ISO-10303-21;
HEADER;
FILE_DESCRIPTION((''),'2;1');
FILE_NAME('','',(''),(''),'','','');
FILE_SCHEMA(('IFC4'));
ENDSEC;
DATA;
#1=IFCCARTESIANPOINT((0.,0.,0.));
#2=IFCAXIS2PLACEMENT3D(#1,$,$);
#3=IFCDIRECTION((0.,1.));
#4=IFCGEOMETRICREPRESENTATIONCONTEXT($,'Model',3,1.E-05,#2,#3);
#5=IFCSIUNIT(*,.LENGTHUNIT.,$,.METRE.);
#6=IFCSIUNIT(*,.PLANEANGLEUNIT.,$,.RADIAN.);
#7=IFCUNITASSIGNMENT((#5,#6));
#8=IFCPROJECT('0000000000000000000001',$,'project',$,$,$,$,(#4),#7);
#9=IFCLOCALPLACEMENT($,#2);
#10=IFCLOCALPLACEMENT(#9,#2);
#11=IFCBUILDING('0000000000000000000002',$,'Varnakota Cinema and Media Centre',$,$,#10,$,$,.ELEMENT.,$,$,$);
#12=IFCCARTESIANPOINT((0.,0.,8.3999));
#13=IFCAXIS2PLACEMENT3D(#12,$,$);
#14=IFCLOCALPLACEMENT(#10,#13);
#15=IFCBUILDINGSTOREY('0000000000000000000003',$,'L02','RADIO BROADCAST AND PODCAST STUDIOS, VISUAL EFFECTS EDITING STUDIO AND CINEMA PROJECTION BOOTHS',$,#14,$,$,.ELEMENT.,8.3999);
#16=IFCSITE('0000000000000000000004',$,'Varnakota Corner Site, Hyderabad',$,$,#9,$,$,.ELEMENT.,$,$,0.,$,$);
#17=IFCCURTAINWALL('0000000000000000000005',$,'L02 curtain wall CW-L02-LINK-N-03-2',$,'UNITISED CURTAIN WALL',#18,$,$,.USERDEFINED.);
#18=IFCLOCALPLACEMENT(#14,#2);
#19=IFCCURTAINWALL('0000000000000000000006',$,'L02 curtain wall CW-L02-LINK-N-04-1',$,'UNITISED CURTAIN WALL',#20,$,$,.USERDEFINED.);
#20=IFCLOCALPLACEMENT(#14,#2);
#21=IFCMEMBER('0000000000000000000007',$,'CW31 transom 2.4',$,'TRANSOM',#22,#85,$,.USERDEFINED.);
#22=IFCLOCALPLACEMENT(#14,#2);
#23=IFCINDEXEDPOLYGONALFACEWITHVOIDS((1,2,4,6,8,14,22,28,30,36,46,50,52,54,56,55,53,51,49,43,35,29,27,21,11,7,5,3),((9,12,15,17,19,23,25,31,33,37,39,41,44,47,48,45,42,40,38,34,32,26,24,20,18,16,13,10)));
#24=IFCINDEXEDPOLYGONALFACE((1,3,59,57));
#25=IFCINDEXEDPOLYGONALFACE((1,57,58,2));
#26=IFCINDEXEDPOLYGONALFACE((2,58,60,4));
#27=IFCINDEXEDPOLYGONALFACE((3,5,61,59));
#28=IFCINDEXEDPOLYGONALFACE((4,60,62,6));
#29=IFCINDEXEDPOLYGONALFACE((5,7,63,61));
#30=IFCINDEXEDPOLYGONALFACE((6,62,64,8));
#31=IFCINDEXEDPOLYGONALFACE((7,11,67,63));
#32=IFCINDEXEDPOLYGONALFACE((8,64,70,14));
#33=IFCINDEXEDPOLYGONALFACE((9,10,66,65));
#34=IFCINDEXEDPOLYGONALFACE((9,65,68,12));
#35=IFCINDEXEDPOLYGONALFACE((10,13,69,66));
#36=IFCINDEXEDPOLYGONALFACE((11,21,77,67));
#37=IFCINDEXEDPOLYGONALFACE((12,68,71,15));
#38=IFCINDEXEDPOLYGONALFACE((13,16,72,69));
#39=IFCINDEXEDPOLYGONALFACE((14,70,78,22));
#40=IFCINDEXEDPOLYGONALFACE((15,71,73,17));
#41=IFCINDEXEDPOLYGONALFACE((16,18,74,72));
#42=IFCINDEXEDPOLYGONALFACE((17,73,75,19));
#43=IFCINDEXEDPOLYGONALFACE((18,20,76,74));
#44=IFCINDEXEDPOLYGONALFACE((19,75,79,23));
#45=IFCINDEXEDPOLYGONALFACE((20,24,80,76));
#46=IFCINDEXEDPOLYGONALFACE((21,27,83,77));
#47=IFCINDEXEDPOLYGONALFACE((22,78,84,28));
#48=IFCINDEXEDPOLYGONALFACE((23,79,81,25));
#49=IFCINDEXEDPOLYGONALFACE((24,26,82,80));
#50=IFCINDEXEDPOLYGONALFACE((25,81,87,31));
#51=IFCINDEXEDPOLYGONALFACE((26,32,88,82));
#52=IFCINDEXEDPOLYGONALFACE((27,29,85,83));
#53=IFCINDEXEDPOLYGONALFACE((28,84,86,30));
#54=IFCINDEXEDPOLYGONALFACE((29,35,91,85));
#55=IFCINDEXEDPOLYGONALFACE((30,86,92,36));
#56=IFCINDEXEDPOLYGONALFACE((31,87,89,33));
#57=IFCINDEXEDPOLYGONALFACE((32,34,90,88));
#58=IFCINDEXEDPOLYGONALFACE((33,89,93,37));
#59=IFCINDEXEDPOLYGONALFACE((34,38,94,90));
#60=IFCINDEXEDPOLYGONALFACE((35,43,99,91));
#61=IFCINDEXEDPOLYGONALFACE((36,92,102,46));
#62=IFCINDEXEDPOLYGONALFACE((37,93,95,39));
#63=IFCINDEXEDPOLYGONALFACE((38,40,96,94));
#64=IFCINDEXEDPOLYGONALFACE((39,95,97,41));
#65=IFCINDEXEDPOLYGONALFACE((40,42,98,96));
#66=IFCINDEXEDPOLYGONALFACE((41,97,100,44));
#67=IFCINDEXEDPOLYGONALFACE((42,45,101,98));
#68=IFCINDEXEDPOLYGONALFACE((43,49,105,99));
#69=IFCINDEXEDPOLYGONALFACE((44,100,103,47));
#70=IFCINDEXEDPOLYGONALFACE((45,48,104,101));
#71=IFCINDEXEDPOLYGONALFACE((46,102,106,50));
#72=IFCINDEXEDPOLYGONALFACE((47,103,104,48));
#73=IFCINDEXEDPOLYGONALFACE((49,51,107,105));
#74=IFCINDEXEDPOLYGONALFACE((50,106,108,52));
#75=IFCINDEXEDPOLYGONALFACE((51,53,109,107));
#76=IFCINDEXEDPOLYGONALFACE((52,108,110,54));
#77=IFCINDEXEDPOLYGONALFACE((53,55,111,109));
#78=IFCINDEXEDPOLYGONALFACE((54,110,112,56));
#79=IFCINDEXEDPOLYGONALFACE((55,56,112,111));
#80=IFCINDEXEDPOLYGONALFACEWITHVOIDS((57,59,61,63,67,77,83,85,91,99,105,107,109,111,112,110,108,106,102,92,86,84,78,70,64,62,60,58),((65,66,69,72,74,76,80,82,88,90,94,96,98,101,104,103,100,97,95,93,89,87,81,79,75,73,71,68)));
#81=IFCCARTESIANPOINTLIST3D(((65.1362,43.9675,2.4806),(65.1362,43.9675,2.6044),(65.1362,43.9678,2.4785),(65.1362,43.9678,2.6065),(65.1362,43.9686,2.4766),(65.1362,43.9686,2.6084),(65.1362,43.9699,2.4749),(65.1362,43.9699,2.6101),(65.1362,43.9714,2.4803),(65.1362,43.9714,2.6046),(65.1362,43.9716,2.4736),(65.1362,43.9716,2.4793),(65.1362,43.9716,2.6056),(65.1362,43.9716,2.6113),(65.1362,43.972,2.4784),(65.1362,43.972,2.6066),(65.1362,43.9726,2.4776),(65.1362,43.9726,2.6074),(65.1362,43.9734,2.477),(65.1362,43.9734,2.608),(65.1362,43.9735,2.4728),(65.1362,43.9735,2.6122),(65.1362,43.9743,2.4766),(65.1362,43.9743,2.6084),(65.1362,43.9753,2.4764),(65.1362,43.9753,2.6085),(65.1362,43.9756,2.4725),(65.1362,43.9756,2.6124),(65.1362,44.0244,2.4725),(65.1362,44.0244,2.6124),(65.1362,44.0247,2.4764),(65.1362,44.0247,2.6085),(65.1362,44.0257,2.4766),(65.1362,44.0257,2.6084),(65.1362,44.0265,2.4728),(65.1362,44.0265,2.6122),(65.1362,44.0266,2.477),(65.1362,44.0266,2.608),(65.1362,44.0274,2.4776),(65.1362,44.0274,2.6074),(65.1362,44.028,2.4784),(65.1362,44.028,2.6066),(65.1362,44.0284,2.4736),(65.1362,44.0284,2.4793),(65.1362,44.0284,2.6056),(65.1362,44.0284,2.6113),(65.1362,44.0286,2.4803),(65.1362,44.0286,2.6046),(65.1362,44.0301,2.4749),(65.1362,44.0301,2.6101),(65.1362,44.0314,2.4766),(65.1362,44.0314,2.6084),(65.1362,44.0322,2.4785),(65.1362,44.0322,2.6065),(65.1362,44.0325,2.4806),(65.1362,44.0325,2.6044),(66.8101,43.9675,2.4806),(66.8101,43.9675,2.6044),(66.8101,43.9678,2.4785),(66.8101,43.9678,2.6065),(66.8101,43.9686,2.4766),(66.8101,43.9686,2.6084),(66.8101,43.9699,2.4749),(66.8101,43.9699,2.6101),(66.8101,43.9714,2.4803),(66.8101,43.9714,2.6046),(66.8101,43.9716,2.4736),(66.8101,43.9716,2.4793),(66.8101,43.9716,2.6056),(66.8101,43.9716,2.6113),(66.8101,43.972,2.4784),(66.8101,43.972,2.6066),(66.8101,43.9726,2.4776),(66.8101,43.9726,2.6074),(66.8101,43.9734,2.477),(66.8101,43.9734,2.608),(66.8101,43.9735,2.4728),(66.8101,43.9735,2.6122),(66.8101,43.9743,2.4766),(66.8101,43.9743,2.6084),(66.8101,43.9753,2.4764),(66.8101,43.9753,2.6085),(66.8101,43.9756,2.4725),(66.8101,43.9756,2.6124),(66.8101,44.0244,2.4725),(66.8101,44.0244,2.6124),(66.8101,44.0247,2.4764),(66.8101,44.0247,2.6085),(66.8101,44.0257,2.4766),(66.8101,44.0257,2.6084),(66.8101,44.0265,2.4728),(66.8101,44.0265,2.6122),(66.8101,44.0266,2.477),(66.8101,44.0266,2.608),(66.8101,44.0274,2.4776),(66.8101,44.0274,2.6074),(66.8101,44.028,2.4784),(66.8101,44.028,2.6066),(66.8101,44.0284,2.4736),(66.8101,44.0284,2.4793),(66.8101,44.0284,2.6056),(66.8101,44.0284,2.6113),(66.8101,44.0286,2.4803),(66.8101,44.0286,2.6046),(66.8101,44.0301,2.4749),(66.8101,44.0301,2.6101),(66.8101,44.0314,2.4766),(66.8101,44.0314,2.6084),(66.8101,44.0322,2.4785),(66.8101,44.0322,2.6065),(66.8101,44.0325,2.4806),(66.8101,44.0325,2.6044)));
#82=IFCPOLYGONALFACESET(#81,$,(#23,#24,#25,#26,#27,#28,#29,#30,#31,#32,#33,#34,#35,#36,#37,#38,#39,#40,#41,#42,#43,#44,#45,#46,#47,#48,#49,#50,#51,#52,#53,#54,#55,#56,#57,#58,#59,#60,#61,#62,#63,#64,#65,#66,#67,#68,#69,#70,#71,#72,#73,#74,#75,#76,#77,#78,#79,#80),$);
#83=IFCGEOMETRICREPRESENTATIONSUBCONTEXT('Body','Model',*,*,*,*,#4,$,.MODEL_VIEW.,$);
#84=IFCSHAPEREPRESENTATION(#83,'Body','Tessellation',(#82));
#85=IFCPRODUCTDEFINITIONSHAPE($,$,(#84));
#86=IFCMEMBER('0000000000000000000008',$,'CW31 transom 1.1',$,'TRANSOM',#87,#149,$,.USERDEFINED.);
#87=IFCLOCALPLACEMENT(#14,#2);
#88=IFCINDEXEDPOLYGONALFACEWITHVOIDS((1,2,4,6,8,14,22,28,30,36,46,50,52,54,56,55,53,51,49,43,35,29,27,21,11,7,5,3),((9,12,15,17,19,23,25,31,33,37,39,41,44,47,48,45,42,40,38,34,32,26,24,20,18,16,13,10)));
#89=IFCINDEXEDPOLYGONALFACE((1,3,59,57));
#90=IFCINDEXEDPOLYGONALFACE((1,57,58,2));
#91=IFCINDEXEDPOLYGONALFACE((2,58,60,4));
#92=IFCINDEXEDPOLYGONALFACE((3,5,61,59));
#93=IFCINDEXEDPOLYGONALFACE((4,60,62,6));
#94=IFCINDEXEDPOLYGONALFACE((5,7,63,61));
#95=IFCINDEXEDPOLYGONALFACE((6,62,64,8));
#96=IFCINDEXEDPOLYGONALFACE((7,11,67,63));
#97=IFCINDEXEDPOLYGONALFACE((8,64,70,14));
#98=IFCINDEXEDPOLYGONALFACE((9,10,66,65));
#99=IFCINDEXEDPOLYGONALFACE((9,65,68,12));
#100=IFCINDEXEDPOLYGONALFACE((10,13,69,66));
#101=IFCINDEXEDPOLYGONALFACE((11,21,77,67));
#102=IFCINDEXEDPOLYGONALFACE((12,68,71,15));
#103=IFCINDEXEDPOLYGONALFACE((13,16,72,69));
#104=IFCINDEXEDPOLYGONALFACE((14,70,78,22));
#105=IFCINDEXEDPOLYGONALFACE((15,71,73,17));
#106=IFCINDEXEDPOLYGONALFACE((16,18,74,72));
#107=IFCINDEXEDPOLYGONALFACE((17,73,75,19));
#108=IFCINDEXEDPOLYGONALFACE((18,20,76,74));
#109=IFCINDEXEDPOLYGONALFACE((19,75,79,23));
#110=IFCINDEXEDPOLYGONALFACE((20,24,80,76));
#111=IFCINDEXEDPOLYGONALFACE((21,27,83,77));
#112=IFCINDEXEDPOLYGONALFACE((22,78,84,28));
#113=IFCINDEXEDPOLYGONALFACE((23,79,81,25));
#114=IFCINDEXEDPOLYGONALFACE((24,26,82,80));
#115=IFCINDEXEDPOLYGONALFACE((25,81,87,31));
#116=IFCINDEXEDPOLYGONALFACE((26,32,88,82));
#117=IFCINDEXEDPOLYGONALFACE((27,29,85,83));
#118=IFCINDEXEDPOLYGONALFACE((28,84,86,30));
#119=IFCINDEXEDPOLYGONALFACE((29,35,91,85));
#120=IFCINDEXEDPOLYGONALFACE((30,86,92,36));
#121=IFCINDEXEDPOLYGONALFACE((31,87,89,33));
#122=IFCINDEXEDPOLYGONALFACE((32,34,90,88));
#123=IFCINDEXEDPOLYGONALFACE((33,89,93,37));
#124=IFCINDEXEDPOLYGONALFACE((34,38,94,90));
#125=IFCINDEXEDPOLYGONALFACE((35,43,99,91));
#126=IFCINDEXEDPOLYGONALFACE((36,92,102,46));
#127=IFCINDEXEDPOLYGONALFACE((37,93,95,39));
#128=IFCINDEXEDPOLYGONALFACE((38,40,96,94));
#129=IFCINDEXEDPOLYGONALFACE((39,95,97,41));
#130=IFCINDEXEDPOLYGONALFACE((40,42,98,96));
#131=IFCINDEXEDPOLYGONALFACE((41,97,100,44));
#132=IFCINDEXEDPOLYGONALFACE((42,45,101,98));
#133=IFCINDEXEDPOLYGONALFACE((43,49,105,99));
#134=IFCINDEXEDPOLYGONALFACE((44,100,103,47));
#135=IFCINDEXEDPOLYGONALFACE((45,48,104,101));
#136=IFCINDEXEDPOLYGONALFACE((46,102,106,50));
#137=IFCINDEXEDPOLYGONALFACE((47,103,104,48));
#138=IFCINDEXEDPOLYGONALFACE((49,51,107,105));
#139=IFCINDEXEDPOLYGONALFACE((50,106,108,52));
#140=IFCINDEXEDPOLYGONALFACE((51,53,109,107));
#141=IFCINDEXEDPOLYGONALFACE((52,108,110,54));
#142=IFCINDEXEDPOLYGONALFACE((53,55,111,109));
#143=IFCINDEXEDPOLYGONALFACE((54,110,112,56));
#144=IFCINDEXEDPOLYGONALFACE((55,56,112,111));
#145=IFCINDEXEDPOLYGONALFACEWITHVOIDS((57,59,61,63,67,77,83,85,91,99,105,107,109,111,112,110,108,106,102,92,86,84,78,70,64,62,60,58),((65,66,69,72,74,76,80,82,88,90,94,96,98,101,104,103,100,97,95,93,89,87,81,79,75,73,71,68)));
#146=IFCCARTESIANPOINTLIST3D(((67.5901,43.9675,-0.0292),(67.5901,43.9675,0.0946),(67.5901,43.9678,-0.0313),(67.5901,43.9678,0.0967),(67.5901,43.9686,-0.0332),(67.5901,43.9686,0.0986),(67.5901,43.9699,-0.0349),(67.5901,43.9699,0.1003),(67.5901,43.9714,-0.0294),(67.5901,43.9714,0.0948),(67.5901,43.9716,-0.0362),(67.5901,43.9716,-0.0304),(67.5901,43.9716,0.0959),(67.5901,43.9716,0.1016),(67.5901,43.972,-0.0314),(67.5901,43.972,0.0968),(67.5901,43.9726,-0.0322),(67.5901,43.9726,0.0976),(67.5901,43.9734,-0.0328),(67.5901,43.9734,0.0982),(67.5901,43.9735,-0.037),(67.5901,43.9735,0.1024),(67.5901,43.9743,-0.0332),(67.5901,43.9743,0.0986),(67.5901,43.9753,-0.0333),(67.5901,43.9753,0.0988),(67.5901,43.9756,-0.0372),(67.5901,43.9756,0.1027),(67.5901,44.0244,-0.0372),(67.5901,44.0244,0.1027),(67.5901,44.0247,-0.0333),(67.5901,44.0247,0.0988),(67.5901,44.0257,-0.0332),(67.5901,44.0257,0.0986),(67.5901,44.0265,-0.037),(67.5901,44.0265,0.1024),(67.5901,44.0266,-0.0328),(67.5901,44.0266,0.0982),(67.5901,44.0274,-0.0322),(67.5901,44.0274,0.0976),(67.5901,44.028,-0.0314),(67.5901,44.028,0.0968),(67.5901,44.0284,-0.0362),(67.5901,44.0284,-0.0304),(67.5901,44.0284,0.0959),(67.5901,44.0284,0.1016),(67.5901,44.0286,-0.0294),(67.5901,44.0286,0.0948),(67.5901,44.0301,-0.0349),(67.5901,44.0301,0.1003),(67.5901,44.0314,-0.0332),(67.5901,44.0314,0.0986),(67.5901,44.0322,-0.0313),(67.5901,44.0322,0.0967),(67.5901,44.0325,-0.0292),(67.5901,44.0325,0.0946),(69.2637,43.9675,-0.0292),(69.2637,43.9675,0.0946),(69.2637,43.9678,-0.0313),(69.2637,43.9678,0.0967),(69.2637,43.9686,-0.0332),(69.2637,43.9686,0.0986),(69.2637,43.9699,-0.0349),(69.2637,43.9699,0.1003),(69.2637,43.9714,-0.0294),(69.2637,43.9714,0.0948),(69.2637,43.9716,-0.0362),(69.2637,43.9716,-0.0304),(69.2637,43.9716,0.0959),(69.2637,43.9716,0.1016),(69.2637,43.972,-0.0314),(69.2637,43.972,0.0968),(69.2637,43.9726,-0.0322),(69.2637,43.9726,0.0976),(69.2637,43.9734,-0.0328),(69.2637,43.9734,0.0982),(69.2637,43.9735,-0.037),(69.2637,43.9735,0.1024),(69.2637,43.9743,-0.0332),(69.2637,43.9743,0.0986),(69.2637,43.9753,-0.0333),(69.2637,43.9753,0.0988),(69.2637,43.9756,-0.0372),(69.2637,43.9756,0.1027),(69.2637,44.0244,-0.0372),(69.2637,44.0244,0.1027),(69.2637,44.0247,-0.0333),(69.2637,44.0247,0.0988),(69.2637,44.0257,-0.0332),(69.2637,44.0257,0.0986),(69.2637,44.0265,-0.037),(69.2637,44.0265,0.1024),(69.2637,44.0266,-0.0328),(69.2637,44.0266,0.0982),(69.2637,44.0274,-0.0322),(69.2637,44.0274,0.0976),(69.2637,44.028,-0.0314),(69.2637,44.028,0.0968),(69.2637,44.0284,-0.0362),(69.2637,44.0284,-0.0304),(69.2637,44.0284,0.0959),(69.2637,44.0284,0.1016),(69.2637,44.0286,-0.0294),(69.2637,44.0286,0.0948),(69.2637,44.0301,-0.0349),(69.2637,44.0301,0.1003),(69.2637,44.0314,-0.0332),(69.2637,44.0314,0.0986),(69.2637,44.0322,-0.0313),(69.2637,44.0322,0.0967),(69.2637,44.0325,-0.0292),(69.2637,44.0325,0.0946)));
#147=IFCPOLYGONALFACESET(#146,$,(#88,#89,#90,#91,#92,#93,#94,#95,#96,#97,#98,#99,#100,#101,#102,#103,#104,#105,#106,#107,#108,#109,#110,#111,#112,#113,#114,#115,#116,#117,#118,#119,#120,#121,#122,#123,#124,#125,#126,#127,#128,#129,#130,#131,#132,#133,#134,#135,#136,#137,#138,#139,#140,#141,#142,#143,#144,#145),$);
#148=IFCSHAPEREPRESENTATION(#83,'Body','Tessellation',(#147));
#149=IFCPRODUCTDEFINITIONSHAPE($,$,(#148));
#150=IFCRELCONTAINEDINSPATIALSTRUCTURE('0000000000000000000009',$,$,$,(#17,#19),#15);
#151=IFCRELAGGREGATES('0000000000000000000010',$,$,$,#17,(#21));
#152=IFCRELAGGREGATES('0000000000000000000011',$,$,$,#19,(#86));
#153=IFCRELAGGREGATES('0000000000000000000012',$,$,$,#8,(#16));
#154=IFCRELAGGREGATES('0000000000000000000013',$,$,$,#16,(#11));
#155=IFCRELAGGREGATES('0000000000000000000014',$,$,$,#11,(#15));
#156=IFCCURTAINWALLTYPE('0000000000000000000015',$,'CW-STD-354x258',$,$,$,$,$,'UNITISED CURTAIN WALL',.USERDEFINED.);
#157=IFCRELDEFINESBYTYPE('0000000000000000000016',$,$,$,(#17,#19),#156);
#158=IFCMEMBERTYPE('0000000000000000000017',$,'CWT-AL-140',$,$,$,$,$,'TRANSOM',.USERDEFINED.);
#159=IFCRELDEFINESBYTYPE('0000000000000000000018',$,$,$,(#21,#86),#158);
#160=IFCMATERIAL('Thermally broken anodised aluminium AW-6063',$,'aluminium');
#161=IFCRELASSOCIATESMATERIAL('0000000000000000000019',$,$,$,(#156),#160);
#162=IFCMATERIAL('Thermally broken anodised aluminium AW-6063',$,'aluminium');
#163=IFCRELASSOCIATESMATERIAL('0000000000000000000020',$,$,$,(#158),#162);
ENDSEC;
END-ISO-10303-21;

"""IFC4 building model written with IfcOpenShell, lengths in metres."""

from ifc_helpers import new_model, si_unit, direction, frame, origin, origin_2d, place, context, subcontext, project, spatial, hollow_rectangle, extrude, material, material_profile, profile_set, type_object, element, aggregate, save


model = new_model("IFC4")

# Units and contexts
model_context = context("Model", 3, precision=1e-05, world=origin(), true_north=direction((0.0, 1.0)))
body_context = subcontext(model_context, "Body", "Model", "MODEL_VIEW")
ifc_project = project(units=[si_unit("LENGTHUNIT", "METRE"), si_unit("PLANEANGLEUNIT", "RADIAN")], contexts=[model_context])

# Site, building, storey
site_placement = place(None, origin())
site = spatial("IfcSite", under=ifc_project, at=site_placement, Name="Varnakota Corner Site, Hyderabad", CompositionType="ELEMENT", RefElevation=0.0)
building_placement = place(site_placement, origin())
building = spatial("IfcBuilding", under=site, at=building_placement, Name="Varnakota Cinema and Media Centre", CompositionType="ELEMENT")
storey_placement = place(building_placement, frame((0.0, 0.0, 8.3999)))
storey = spatial("IfcBuildingStorey", under=building, at=storey_placement, Name="L02", Description="RADIO BROADCAST AND PODCAST STUDIOS, VISUAL EFFECTS EDITING STUDIO AND CINEMA PROJECTION BOOTHS", CompositionType="ELEMENT", Elevation=8.3999)

# Curtain wall
ifc_material_1 = material(Name="Thermally broken anodised aluminium AW-6063", Category="aluminium")
curtain_wall_type = type_object("IfcCurtainWallType", Name="CW-STD-354x258", ElementType="UNITISED CURTAIN WALL", PredefinedType="USERDEFINED", material=ifc_material_1)
curtain_wall_1_placement = place(storey_placement, origin())
curtain_wall_1 = element("IfcCurtainWall", 1, at=curtain_wall_1_placement, inside=storey, type_object=curtain_wall_type, Name="L02 curtain wall CW-L02-LINK-N-03-2", ObjectType="UNITISED CURTAIN WALL", PredefinedType="USERDEFINED")

# Curtain wall
curtain_wall_2_placement = place(storey_placement, origin())
curtain_wall_2 = element("IfcCurtainWall", 2, at=curtain_wall_2_placement, inside=storey, type_object=curtain_wall_type, Name="L02 curtain wall CW-L02-LINK-N-04-1", ObjectType="UNITISED CURTAIN WALL", PredefinedType="USERDEFINED")

# Members
ifc_material_2 = material(Name="Thermally broken anodised aluminium AW-6063", Category="aluminium")
ifc_material_profile_1 = material_profile(ifc_material_2, hollow_rectangle(XDim=0.0649, YDim=0.1399, WallThickness=0.0039, InnerFilletRadius=0.0039, OuterFilletRadius=0.0081, at=origin_2d()), Name="AL-TRANSOM 140x65x4")
ifc_profile_set_1 = profile_set([ifc_material_profile_1], Name="Thermally broken anodised aluminium AW-6063")
member_type_1 = type_object("IfcMemberType", Name="CWT-AL-140", ElementType="TRANSOM", PredefinedType="USERDEFINED", material=ifc_profile_set_1)
member_1_placement = place(storey_placement, frame((65.1362, 44.0, 2.5425), z_axis=(1.0, 0.0, 0.0), x_axis=(0.0, 1.0, 0.0)))
member_1 = element("IfcMember", 3, at=member_1_placement, type_object=member_type_1, Name="CW31 transom 2.4", ObjectType="TRANSOM", PredefinedType="USERDEFINED", context=body_context, shape_type="SweptSolid", body=[
    extrude(hollow_rectangle(XDim=0.0649, YDim=0.1399, WallThickness=0.0039, InnerFilletRadius=0.0039, OuterFilletRadius=0.0081, at=origin_2d()), origin(), (0.0, 0.0, 1.0), 1.6738),
])
member_2_placement = place(storey_placement, frame((67.5901, 44.0, 0.0327), z_axis=(1.0, 0.0, 0.0), x_axis=(0.0, 1.0, 0.0)))
member_2 = element("IfcMember", 4, at=member_2_placement, type_object=member_type_1, Name="CW31 transom 1.1", ObjectType="TRANSOM", PredefinedType="USERDEFINED", context=body_context, shape_type="SweptSolid", body=[
    extrude(hollow_rectangle(XDim=0.0649, YDim=0.1399, WallThickness=0.0039, InnerFilletRadius=0.0039, OuterFilletRadius=0.0081, at=origin_2d()), origin(), (0.0, 0.0, 1.0), 1.6736),
])

aggregate(curtain_wall_1, [member_1])
aggregate(curtain_wall_2, [member_2])

save(model, "model.ifc")
